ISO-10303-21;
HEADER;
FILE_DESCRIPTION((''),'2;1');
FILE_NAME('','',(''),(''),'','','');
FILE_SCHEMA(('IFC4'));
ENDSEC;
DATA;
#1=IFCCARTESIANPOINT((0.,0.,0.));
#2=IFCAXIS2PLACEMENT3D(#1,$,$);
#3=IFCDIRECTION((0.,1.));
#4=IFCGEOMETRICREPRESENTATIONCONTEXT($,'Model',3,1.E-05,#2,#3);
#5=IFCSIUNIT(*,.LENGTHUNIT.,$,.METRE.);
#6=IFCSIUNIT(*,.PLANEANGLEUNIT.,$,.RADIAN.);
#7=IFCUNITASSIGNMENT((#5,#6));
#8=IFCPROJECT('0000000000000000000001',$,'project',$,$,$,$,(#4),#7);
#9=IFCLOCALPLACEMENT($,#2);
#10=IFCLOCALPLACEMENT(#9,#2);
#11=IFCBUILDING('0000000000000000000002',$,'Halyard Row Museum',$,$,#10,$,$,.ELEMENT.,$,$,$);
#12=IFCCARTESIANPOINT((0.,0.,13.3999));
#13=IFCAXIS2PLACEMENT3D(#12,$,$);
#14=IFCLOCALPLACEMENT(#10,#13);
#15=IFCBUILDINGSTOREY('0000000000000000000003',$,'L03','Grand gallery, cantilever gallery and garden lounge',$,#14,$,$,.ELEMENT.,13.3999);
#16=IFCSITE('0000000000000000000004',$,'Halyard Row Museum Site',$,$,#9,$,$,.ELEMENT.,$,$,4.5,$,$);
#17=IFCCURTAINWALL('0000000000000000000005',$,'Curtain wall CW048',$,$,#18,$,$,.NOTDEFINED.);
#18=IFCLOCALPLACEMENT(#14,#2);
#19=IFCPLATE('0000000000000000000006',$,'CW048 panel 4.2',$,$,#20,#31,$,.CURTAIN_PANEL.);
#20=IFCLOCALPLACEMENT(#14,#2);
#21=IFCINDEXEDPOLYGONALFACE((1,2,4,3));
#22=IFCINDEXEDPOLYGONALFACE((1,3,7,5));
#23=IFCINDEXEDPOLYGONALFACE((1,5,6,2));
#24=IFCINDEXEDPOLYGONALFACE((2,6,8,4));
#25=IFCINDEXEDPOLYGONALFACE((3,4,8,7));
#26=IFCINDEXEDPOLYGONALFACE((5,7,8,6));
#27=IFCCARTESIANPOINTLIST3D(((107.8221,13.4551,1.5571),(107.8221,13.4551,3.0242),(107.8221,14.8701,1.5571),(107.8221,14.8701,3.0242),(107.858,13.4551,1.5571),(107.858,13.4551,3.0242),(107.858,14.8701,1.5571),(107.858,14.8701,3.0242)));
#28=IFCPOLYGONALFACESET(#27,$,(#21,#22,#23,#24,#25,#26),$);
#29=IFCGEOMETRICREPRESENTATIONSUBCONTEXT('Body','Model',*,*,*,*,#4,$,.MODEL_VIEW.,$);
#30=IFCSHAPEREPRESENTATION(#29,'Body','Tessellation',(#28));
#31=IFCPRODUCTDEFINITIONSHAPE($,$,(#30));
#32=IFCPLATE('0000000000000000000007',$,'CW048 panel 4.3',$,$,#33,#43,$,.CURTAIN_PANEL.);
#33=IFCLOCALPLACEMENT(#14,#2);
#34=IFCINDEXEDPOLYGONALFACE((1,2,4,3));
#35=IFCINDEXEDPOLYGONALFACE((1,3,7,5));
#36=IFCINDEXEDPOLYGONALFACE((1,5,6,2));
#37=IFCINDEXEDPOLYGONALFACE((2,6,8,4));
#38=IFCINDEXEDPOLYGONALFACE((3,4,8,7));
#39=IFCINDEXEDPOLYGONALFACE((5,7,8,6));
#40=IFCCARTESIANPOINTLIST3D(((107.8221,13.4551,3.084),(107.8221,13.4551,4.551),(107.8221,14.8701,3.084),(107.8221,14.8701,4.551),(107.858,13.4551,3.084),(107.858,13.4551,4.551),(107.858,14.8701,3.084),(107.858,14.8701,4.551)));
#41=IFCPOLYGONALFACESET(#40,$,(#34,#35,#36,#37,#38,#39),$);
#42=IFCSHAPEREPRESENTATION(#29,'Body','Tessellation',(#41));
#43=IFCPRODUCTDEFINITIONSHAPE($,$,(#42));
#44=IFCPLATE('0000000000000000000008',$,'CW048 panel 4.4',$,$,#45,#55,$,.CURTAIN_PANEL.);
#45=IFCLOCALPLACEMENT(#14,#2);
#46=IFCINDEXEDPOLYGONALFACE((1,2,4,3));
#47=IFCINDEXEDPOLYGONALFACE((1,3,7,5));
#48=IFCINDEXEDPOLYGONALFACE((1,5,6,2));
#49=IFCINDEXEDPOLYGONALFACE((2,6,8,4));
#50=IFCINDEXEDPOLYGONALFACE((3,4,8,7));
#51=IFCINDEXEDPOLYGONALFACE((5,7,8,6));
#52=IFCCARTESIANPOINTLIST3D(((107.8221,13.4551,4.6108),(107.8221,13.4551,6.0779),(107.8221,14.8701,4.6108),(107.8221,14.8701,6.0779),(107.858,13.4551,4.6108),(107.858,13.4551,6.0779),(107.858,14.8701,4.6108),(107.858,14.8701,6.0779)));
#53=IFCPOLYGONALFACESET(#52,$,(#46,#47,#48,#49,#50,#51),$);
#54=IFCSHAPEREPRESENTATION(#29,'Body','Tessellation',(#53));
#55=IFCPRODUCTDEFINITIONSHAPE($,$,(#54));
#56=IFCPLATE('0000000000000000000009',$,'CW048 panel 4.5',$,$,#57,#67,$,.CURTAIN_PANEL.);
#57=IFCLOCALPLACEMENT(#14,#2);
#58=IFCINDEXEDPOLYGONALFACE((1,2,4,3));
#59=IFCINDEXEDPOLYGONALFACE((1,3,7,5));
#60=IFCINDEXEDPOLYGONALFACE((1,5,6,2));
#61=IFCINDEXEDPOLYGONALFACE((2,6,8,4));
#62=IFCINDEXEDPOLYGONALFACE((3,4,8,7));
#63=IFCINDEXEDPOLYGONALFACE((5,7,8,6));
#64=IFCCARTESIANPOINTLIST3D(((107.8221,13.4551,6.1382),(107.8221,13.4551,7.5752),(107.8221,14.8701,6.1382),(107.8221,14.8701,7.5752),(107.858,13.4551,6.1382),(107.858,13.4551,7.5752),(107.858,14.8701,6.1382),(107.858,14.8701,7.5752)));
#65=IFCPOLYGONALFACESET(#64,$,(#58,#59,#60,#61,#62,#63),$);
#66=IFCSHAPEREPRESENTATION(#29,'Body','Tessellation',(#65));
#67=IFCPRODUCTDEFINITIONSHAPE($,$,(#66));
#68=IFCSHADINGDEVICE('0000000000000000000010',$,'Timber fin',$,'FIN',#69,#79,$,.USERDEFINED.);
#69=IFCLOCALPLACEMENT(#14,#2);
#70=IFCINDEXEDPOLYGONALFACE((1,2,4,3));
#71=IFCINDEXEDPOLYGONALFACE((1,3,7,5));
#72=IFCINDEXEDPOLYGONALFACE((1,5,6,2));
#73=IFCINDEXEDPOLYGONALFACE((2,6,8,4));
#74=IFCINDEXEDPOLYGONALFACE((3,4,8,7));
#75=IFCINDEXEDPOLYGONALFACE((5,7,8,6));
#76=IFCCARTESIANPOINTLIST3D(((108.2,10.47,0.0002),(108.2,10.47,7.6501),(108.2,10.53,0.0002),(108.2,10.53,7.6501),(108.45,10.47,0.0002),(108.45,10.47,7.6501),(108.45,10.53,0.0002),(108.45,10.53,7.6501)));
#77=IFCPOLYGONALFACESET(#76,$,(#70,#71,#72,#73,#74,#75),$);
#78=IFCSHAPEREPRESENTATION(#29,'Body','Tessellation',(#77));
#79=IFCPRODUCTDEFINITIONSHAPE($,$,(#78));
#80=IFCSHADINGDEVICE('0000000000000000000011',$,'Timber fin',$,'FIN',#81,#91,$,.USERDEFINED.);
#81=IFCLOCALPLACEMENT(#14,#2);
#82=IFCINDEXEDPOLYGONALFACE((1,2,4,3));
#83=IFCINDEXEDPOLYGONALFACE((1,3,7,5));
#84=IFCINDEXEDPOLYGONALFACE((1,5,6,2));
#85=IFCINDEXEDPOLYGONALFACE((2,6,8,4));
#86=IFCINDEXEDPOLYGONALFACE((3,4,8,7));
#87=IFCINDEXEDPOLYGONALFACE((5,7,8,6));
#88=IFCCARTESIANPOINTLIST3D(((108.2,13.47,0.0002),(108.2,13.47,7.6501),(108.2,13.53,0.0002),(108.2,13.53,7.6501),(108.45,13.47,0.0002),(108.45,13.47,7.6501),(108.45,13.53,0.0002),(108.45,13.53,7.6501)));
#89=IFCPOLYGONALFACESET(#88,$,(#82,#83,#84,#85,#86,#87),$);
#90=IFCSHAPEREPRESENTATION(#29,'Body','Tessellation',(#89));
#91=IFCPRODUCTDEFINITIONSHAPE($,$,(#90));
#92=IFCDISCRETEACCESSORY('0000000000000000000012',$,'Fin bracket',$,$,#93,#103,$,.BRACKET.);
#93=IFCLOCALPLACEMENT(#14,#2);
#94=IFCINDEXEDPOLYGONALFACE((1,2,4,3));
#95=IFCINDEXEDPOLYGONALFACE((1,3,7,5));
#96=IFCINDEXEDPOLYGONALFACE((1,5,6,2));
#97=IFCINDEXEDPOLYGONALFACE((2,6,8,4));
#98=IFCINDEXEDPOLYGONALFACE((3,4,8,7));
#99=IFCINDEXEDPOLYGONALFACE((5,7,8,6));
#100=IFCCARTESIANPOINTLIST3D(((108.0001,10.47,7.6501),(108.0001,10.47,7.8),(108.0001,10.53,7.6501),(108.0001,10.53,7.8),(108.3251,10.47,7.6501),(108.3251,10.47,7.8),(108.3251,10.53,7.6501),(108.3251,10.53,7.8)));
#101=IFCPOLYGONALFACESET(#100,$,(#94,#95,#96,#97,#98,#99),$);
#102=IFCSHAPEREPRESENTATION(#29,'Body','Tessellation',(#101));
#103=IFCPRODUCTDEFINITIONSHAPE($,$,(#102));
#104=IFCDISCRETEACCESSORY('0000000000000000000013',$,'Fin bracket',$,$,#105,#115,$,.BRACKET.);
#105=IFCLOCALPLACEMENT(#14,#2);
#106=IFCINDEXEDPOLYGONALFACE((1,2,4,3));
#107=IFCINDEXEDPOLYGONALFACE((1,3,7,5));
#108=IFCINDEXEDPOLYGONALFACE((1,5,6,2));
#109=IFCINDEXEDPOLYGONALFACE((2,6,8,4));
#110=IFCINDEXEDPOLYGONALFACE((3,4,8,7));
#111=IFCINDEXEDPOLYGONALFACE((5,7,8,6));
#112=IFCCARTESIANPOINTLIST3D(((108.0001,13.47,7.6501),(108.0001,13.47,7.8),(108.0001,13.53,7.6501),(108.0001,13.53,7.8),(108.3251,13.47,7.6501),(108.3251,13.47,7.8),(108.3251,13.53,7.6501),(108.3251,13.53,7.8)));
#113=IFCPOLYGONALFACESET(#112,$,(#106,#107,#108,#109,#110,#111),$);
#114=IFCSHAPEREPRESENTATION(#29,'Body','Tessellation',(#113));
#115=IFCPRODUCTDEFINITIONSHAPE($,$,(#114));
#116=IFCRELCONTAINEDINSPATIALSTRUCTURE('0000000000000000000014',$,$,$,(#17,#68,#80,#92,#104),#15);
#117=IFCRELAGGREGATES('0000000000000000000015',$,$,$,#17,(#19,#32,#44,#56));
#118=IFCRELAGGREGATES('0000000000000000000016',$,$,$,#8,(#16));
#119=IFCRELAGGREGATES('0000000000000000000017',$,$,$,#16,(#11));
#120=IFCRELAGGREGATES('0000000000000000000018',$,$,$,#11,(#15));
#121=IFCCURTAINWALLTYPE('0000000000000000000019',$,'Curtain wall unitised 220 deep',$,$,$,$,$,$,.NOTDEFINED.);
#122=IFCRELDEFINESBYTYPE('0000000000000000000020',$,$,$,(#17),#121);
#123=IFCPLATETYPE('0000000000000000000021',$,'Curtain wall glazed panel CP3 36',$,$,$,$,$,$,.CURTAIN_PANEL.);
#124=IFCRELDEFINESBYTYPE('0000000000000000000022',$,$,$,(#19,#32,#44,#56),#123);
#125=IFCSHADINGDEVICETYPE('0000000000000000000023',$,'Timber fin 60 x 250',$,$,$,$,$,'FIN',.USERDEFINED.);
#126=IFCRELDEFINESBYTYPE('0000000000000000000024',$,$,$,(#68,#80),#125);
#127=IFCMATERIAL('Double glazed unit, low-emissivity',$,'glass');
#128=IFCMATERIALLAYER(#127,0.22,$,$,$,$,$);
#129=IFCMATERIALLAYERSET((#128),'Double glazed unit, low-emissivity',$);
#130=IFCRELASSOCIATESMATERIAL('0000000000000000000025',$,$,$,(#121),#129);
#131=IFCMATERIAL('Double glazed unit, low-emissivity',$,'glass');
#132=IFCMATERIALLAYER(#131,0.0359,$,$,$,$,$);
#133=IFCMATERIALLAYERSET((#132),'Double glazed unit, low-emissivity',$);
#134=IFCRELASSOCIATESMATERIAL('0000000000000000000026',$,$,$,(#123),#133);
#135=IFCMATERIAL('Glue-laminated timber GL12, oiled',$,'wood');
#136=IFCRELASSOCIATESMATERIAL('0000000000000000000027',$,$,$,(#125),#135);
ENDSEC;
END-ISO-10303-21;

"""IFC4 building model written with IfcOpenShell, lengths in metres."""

from ifc_helpers import new_model, si_unit, direction, frame, origin, origin_2d, place, context, subcontext, project, spatial, rectangle, extrude, material, layer, layer_set, type_object, element, aggregate, save


model = new_model("IFC4")

# Units and contexts
model_context = context("Model", 3, precision=1e-05, world=origin(), true_north=direction((0.0, 1.0)))
body_context = subcontext(model_context, "Body", "Model", "MODEL_VIEW")
ifc_project = project(units=[si_unit("LENGTHUNIT", "METRE"), si_unit("PLANEANGLEUNIT", "RADIAN")], contexts=[model_context])

# Site, building, storey
site_placement = place(None, origin())
site = spatial("IfcSite", under=ifc_project, at=site_placement, Name="Halyard Row Museum Site", CompositionType="ELEMENT", RefElevation=4.5)
building_placement = place(site_placement, origin())
building = spatial("IfcBuilding", under=site, at=building_placement, Name="Halyard Row Museum", CompositionType="ELEMENT")
storey_placement = place(building_placement, frame((0.0, 0.0, 13.3999)))
storey = spatial("IfcBuildingStorey", under=building, at=storey_placement, Name="L03", Description="Grand gallery, cantilever gallery and garden lounge", CompositionType="ELEMENT", Elevation=13.3999)

# Curtain wall, plates
ifc_material_1 = material(Name="Double glazed unit, low-emissivity", Category="glass")
ifc_layer_1 = layer(ifc_material_1, 0.22)
ifc_layer_set_1 = layer_set([ifc_layer_1], Name="Double glazed unit, low-emissivity")
curtain_wall_type = type_object("IfcCurtainWallType", Name="Curtain wall unitised 220 deep", PredefinedType="NOTDEFINED", material=ifc_layer_set_1)
curtain_wall_placement = place(storey_placement, origin())
curtain_wall = element("IfcCurtainWall", 1, at=curtain_wall_placement, inside=storey, type_object=curtain_wall_type, Name="Curtain wall CW048", PredefinedType="NOTDEFINED")
ifc_material_2 = material(Name="Double glazed unit, low-emissivity", Category="glass")
ifc_layer_2 = layer(ifc_material_2, 0.0359)
ifc_layer_set_2 = layer_set([ifc_layer_2], Name="Double glazed unit, low-emissivity")
plate_type = type_object("IfcPlateType", Name="Curtain wall glazed panel CP3 36", PredefinedType="CURTAIN_PANEL", material=ifc_layer_set_2)
plate_1_placement = place(storey_placement, frame((107.8401, 14.1626, 1.5571), z_axis=(0.0, 0.0, 1.0), x_axis=(0.0, 1.0, 0.0)))
plate_1 = element("IfcPlate", 2, at=plate_1_placement, type_object=plate_type, Name="CW048 panel 4.2", PredefinedType="CURTAIN_PANEL", context=body_context, shape_type="SweptSolid", body=[
    extrude(rectangle(XDim=1.415, YDim=0.0359, at=origin_2d()), origin(), (0.0, 0.0, 1.0), 1.467),
])
plate_2_placement = place(storey_placement, frame((107.8401, 14.1626, 3.084), z_axis=(0.0, 0.0, 1.0), x_axis=(0.0, 1.0, 0.0)))
plate_2 = element("IfcPlate", 3, at=plate_2_placement, type_object=plate_type, Name="CW048 panel 4.3", PredefinedType="CURTAIN_PANEL", context=body_context, shape_type="SweptSolid", body=[
    extrude(rectangle(XDim=1.415, YDim=0.0359, at=origin_2d()), origin(), (0.0, 0.0, 1.0), 1.467),
])
plate_3_placement = place(storey_placement, frame((107.8401, 14.1626, 4.6108), z_axis=(0.0, 0.0, 1.0), x_axis=(0.0, 1.0, 0.0)))
plate_3 = element("IfcPlate", 4, at=plate_3_placement, type_object=plate_type, Name="CW048 panel 4.4", PredefinedType="CURTAIN_PANEL", context=body_context, shape_type="SweptSolid", body=[
    extrude(rectangle(XDim=1.415, YDim=0.0359, at=origin_2d()), origin(), (0.0, 0.0, 1.0), 1.467),
])
plate_4_placement = place(storey_placement, frame((107.8401, 14.1626, 6.1382), z_axis=(0.0, 0.0, 1.0), x_axis=(0.0, 1.0, 0.0)))
plate_4 = element("IfcPlate", 5, at=plate_4_placement, type_object=plate_type, Name="CW048 panel 4.5", PredefinedType="CURTAIN_PANEL", context=body_context, shape_type="SweptSolid", body=[
    extrude(rectangle(XDim=1.415, YDim=0.0359, at=origin_2d()), origin(), (0.0, 0.0, 1.0), 1.437),
])
aggregate(curtain_wall, [plate_1, plate_2, plate_3, plate_4])

# Shading devices
ifc_material_3 = material(Name="Glue-laminated timber GL12, oiled", Category="wood")
shading_device_type = type_object("IfcShadingDeviceType", Name="Timber fin 60 x 250", ElementType="FIN", PredefinedType="USERDEFINED", material=ifc_material_3)
for number, where, z_axis, x_axis, name in (
    (6, (108.325, 10.5, 0.0002), (0.0, 0.0, 1.0), (1.0, 0.0, 0.0), "Timber fin"),
    (7, (108.325, 13.5, 0.0002), (0.0, 0.0, 1.0), (1.0, 0.0, 0.0), "Timber fin"),
):
    element("IfcShadingDevice", number, at=place(storey_placement, frame(where, z_axis=z_axis, x_axis=x_axis)), inside=storey, type_object=shading_device_type, Name=name, ObjectType="FIN", PredefinedType="USERDEFINED", context=body_context, shape_type="SweptSolid", body=[
        extrude(rectangle(XDim=0.25, YDim=0.0601, at=origin_2d()), origin(), (0.0, 0.0, 1.0), 7.6499),
    ])

# Discrete accessories
for number, where, z_axis, x_axis, name in (
    (8, (108.1626, 10.5, 7.6501), (0.0, 0.0, 1.0), (1.0, 0.0, 0.0), "Fin bracket"),
    (9, (108.1626, 13.5, 7.6501), (0.0, 0.0, 1.0), (1.0, 0.0, 0.0), "Fin bracket"),
):
    element("IfcDiscreteAccessory", number, at=place(storey_placement, frame(where, z_axis=z_axis, x_axis=x_axis)), inside=storey, Name=name, PredefinedType="BRACKET", context=body_context, shape_type="SweptSolid", body=[
        extrude(rectangle(XDim=0.325, YDim=0.0601, at=origin_2d()), origin(), (0.0, 0.0, 1.0), 0.1499),
    ])

save(model, "model.ifc")
